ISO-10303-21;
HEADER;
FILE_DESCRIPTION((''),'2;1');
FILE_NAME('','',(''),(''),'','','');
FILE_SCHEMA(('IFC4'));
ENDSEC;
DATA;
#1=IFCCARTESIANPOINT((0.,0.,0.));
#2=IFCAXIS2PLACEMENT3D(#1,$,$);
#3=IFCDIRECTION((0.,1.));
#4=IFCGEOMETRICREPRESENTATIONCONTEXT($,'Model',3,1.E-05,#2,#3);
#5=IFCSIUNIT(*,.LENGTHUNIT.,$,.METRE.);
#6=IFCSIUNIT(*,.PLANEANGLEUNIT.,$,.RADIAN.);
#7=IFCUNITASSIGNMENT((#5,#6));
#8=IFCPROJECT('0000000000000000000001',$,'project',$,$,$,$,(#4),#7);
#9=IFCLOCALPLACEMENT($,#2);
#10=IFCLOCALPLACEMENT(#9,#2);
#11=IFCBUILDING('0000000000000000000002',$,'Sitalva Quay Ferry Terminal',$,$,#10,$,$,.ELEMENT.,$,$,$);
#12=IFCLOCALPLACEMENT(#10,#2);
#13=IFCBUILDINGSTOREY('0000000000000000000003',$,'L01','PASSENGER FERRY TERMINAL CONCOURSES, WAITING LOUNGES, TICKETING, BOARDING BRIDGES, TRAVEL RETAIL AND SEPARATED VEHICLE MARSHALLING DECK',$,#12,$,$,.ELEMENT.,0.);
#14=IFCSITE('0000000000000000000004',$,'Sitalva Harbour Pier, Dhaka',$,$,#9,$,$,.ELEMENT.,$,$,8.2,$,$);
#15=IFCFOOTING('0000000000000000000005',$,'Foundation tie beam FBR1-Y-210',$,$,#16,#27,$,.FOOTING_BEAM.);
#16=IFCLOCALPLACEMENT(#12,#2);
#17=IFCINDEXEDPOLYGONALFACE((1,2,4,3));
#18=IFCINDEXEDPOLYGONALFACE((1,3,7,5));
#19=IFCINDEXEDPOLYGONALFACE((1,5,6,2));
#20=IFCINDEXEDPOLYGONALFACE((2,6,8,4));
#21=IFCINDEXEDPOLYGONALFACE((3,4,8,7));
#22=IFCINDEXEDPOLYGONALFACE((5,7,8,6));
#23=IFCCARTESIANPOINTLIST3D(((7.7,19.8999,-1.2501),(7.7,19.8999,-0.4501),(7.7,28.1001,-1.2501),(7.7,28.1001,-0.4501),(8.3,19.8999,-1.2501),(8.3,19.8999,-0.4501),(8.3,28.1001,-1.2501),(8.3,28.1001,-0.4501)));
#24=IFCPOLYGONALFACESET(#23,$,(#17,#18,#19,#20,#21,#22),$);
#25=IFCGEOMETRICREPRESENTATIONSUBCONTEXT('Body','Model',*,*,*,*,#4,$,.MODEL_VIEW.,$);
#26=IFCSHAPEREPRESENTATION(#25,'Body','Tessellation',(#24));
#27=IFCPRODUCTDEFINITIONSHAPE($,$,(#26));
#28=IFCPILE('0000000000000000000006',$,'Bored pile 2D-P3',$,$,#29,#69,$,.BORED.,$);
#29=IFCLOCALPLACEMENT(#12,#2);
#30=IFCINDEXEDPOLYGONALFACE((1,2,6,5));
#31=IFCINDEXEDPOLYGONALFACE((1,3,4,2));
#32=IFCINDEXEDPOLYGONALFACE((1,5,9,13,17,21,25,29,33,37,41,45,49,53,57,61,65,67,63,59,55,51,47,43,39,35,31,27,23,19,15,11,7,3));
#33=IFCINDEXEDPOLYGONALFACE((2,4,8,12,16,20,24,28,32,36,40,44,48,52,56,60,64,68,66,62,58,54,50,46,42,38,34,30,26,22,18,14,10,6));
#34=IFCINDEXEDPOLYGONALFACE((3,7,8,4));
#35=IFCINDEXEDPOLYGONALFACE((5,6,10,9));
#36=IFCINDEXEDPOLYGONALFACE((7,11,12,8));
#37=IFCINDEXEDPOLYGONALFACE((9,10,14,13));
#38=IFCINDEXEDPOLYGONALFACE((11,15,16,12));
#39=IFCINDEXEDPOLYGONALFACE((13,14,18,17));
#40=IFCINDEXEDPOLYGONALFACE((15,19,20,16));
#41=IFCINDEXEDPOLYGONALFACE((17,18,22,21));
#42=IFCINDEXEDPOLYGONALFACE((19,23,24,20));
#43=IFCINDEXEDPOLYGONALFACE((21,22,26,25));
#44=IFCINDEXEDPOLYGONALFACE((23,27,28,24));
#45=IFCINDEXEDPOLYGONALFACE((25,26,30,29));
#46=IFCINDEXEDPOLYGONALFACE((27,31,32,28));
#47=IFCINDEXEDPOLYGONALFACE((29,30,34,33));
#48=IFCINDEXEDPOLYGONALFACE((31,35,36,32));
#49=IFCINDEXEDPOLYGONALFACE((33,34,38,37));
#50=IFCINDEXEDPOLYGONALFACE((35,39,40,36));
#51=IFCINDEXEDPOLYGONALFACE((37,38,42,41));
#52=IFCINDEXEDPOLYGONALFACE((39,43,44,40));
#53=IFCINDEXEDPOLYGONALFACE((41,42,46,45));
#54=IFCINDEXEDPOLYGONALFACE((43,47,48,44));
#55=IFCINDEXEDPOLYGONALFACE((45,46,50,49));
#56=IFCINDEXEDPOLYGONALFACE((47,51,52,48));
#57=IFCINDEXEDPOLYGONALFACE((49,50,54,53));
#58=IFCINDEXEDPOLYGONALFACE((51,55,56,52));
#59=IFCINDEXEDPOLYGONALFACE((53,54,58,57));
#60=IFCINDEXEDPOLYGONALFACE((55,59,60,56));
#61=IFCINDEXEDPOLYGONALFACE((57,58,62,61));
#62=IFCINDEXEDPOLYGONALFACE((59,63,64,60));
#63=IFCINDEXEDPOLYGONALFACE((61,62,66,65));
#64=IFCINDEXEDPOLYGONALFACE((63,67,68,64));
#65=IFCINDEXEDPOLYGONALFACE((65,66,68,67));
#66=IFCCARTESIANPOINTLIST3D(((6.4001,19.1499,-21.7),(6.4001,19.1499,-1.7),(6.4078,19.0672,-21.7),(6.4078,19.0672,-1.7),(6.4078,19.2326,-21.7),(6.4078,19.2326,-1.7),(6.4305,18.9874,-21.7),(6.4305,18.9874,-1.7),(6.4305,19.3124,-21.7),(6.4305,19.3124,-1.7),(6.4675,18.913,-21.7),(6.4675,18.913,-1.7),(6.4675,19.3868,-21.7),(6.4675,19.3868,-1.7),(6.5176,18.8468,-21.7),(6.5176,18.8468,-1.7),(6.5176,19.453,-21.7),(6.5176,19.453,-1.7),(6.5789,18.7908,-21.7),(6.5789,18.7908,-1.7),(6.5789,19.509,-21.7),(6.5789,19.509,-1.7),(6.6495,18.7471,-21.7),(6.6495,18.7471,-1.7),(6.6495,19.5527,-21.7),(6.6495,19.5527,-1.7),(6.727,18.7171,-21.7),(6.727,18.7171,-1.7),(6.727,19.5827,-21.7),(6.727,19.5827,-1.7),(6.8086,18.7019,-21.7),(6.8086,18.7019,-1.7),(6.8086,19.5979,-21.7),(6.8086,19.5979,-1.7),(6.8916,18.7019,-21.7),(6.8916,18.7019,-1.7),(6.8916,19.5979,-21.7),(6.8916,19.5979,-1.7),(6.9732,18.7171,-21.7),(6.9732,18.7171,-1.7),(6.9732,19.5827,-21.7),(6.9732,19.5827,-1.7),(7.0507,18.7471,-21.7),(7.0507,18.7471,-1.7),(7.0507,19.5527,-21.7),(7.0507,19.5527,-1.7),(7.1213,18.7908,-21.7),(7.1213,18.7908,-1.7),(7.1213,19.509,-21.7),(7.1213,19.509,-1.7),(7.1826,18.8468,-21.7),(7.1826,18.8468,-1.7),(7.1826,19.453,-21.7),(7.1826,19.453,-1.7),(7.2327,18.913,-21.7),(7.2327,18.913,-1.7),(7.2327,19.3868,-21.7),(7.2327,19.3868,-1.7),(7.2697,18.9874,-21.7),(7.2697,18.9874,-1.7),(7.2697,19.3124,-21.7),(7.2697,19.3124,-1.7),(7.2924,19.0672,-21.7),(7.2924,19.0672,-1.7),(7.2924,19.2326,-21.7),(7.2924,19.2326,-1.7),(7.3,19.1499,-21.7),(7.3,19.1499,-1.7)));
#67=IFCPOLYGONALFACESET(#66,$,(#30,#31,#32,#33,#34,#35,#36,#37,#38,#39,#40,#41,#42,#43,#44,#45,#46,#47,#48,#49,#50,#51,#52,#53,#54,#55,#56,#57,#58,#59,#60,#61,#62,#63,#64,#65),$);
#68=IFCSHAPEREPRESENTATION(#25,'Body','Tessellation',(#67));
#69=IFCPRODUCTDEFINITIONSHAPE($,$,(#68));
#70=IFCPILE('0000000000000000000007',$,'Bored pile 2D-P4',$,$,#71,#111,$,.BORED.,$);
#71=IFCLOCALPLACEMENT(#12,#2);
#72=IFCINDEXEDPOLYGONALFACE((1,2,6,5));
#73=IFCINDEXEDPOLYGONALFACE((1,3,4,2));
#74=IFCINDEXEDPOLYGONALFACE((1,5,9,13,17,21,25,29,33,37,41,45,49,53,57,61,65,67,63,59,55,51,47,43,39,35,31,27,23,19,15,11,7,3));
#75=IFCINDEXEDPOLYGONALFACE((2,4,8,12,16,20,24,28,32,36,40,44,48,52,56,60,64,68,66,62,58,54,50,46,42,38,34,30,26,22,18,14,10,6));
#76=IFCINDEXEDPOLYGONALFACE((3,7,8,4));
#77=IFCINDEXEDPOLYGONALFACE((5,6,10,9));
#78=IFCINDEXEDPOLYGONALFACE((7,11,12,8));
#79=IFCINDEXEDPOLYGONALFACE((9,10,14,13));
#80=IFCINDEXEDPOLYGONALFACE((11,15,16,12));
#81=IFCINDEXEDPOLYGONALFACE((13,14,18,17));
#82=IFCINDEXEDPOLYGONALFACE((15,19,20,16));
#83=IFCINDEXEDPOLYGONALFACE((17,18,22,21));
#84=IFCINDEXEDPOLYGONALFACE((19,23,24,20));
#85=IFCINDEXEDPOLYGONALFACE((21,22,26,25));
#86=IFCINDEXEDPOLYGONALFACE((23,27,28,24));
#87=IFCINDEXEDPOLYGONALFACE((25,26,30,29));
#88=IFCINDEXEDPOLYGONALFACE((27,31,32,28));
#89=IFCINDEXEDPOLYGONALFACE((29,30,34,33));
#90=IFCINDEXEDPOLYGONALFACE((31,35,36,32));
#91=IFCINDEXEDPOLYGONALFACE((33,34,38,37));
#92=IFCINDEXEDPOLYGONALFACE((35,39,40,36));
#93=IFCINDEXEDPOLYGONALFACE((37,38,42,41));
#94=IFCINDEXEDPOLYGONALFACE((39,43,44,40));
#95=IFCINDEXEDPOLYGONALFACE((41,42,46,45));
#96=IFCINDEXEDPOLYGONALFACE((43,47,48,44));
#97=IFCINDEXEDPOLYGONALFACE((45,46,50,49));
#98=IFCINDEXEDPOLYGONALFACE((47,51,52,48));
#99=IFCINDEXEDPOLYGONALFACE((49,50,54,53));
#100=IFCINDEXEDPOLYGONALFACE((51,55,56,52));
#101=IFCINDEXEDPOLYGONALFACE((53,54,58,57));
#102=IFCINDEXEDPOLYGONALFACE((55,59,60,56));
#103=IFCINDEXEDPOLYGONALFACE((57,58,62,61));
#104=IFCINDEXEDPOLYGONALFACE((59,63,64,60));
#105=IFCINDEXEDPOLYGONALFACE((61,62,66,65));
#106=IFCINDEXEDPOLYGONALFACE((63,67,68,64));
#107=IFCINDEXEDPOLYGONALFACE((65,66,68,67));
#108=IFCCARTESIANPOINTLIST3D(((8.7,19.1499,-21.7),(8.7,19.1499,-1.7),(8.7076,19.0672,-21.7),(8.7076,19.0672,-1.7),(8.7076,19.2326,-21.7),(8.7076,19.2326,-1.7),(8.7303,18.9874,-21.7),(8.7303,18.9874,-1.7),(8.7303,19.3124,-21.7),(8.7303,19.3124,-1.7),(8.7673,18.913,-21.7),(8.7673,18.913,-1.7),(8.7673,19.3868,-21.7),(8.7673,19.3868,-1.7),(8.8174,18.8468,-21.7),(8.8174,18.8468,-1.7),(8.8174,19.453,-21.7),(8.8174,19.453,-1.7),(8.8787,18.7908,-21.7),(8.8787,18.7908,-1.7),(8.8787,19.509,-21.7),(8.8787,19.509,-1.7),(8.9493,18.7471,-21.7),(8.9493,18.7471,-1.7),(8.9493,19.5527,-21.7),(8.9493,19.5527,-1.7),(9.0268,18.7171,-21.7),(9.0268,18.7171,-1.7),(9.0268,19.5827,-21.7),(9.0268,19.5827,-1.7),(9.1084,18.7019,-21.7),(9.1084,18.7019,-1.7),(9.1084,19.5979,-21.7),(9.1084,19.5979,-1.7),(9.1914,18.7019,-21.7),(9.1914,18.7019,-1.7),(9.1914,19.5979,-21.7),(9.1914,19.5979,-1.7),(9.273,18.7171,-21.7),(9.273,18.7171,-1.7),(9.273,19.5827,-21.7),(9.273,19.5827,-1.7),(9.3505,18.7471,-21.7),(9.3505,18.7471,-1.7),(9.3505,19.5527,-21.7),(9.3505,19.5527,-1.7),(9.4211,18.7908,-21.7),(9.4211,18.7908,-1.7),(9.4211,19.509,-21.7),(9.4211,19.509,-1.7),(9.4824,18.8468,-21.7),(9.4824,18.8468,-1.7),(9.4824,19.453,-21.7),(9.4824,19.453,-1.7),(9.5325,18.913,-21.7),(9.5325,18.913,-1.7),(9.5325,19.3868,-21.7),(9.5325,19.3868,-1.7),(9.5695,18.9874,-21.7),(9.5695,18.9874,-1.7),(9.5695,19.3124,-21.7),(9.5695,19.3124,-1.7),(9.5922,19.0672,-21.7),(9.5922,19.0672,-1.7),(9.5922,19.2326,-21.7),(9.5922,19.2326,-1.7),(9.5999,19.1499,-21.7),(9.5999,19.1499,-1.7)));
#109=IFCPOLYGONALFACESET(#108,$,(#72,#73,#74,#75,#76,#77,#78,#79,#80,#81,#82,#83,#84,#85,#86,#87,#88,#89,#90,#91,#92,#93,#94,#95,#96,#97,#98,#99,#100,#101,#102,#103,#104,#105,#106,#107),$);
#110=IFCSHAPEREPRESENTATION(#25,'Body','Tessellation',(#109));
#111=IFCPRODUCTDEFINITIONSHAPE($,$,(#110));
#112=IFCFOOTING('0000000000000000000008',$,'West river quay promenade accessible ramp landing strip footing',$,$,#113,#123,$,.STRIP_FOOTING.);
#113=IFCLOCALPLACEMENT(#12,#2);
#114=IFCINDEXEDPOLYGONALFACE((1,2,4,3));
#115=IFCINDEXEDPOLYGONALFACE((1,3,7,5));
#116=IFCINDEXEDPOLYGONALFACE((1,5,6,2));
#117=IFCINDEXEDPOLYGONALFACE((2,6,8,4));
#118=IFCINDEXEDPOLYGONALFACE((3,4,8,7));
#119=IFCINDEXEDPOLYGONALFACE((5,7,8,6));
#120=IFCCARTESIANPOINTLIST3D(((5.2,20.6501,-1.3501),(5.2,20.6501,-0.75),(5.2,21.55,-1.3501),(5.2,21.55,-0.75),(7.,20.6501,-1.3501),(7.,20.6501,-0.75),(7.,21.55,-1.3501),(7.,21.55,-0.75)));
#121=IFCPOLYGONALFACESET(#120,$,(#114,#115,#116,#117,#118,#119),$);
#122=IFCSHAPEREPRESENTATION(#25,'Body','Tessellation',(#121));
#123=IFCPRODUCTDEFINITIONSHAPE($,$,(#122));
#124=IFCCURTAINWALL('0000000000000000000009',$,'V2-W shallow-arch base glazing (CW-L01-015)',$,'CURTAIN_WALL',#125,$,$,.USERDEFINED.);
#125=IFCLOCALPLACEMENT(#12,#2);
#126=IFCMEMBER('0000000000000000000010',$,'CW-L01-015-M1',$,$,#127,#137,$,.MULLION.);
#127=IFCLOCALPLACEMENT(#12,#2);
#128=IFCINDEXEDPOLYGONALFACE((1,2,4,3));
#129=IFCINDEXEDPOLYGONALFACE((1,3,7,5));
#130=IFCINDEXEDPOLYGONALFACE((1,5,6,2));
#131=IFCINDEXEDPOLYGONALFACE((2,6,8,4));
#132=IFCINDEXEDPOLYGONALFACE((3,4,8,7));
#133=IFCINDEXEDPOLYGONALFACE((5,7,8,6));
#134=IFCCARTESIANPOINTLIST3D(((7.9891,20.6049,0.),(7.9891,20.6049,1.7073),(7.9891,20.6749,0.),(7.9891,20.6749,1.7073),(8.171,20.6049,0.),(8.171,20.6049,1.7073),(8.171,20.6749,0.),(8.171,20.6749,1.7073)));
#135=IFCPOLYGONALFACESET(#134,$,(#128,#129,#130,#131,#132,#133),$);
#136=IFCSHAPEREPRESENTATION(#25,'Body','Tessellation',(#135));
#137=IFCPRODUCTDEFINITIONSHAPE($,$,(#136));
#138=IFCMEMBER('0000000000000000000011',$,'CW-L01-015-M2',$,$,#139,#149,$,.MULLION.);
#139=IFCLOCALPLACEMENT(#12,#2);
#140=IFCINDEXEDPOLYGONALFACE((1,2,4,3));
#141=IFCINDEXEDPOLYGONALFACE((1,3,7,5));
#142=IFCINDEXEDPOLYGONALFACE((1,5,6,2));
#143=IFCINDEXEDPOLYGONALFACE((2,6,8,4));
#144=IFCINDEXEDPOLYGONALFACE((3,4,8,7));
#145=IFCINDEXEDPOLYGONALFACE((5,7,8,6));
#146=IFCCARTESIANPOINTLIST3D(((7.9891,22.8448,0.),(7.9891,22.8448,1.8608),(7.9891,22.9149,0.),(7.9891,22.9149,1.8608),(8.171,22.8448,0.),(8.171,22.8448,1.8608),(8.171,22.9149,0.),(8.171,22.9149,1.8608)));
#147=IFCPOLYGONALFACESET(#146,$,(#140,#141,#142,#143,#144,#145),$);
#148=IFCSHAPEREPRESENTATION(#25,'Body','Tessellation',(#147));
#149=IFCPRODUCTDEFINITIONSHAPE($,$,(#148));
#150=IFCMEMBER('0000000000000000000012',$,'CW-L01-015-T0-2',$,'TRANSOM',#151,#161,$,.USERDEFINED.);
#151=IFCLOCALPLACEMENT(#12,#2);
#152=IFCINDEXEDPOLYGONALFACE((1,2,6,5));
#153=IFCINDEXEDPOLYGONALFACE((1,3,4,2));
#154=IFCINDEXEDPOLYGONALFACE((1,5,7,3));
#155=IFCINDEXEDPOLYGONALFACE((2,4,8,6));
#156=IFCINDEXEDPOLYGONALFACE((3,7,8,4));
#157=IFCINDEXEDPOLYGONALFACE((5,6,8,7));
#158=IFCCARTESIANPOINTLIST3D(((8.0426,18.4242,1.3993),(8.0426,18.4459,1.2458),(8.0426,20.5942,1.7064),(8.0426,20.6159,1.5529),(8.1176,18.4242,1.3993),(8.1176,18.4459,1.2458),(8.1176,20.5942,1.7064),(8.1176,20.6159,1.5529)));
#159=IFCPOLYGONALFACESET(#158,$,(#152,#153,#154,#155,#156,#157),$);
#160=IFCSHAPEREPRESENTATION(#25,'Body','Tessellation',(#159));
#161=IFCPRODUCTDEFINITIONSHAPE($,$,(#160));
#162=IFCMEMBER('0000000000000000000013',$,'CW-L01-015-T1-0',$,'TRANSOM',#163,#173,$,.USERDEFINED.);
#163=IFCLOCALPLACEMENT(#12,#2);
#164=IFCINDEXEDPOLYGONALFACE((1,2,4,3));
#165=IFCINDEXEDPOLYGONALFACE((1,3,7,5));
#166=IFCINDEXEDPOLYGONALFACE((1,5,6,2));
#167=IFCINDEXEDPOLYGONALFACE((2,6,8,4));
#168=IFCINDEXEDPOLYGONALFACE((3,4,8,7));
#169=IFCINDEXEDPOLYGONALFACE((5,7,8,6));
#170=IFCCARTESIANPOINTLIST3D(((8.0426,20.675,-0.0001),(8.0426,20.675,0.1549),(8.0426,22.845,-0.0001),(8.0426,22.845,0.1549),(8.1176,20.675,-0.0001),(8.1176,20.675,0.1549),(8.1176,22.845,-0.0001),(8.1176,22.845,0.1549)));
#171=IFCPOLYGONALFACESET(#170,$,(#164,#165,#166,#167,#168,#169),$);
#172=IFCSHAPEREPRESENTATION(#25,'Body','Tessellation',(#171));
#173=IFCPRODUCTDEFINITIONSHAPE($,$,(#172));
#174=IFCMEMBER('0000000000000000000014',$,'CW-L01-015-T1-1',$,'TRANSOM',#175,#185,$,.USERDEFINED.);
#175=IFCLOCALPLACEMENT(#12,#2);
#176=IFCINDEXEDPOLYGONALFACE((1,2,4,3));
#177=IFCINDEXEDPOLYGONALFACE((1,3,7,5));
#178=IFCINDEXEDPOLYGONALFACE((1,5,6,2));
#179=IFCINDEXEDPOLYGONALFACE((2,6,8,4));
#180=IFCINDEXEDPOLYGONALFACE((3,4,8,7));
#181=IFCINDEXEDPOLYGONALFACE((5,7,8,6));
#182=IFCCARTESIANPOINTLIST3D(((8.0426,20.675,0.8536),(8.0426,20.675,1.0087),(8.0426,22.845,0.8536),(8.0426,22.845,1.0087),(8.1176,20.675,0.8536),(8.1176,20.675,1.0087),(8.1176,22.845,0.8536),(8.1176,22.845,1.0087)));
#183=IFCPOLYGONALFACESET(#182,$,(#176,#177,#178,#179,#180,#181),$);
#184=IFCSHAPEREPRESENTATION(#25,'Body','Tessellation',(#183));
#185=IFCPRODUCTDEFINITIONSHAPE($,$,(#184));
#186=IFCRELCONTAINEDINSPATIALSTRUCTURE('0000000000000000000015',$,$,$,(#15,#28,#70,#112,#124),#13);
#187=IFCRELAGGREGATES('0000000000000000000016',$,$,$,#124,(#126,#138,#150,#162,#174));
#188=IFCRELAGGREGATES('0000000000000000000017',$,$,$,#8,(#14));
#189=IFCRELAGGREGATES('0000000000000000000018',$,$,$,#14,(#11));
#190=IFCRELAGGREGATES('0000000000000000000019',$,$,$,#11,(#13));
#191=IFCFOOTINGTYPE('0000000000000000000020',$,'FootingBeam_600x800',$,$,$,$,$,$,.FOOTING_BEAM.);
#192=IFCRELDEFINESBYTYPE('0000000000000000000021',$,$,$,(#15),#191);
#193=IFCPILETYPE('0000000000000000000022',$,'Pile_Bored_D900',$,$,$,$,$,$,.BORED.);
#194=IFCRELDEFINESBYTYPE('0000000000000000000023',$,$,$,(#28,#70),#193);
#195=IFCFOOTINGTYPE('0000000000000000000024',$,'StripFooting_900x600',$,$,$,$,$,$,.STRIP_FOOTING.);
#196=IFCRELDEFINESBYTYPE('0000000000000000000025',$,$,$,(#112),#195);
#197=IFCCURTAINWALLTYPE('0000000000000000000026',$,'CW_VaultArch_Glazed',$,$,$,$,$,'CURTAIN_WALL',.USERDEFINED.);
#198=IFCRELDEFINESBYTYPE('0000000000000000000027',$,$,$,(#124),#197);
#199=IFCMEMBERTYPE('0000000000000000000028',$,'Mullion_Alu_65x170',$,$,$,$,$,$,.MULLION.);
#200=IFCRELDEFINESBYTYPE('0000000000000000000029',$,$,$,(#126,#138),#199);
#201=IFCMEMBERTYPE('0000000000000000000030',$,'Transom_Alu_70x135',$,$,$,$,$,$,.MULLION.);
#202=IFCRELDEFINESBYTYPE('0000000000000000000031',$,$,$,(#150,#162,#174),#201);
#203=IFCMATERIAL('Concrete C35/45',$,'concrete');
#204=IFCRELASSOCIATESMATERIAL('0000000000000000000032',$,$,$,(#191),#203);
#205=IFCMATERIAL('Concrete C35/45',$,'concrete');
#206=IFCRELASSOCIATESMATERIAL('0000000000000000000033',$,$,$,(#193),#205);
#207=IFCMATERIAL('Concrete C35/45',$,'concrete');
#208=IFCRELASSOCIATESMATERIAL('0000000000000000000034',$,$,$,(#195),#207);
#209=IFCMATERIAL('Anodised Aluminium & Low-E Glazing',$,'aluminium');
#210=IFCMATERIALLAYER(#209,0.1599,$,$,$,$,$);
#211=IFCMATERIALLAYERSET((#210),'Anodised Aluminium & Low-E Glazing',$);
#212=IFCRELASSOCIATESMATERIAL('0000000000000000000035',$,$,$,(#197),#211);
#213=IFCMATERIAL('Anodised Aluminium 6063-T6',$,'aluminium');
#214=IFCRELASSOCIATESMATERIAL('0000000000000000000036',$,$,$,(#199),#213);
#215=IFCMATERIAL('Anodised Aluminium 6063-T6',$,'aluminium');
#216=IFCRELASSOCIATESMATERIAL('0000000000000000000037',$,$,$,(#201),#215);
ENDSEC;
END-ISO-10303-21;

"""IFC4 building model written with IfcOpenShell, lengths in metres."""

from ifc_helpers import new_model, si_unit, direction, frame, origin, origin_2d, place, context, subcontext, project, spatial, rectangle, circle, extrude, material, layer, layer_set, material_profile, profile_set, type_object, element, aggregate, save


model = new_model("IFC4")

# Units and contexts
model_context = context("Model", 3, precision=1e-05, world=origin(), true_north=direction((0.0, 1.0)))
body_context = subcontext(model_context, "Body", "Model", "MODEL_VIEW")
ifc_project = project(units=[si_unit("LENGTHUNIT", "METRE"), si_unit("PLANEANGLEUNIT", "RADIAN")], contexts=[model_context])

# Site, building, storey
site_placement = place(None, origin())
site = spatial("IfcSite", under=ifc_project, at=site_placement, Name="Sitalva Harbour Pier, Dhaka", CompositionType="ELEMENT", RefElevation=8.2)
building_placement = place(site_placement, origin())
building = spatial("IfcBuilding", under=site, at=building_placement, Name="Sitalva Quay Ferry Terminal", CompositionType="ELEMENT")
storey_placement = place(building_placement, origin())
storey = spatial("IfcBuildingStorey", under=building, at=storey_placement, Name="L01", Description="PASSENGER FERRY TERMINAL CONCOURSES, WAITING LOUNGES, TICKETING, BOARDING BRIDGES, TRAVEL RETAIL AND SEPARATED VEHICLE MARSHALLING DECK", CompositionType="ELEMENT", Elevation=0.0)

# Footing
ifc_material_1 = material(Name="Concrete C35/45", Category="concrete")
ifc_material_profile_1 = material_profile(ifc_material_1, rectangle(XDim=0.6001, YDim=0.8, at=origin_2d()), Name="RC600x800")
ifc_profile_set_1 = profile_set([ifc_material_profile_1], Name="Concrete C35/45")
footing_type_1 = type_object("IfcFootingType", Name="FootingBeam_600x800", PredefinedType="FOOTING_BEAM", material=ifc_profile_set_1)
footing_1_placement = place(storey_placement, frame((8.0, 19.8999, -0.8501), z_axis=(0.0, 1.0, 0.0), x_axis=(-1.0, 0.0, 0.0)))
element("IfcFooting", 1, at=footing_1_placement, inside=storey, type_object=footing_type_1, Name="Foundation tie beam FBR1-Y-210", PredefinedType="FOOTING_BEAM", context=body_context, shape_type="SweptSolid", body=[
    extrude(rectangle(XDim=0.6001, YDim=0.8, at=origin_2d()), origin(), (0.0, 0.0, 1.0), 8.2002),
])

# Piles
ifc_material_2 = material(Name="Concrete C35/45", Category="concrete")
ifc_material_profile_2 = material_profile(ifc_material_2, circle(Radius=0.45, at=origin_2d()), Name="PILE-D900")
ifc_profile_set_2 = profile_set([ifc_material_profile_2], Name="Concrete C35/45")
pile_type = type_object("IfcPileType", Name="Pile_Bored_D900", PredefinedType="BORED", material=ifc_profile_set_2)
for number, where, z_axis, x_axis, name in (
    (2, (6.8501, 19.1499, -1.7), (0.0, 0.0, -1.0), (1.0, 0.0, 0.0), "Bored pile 2D-P3"),
    (3, (9.1499, 19.1499, -1.7), (0.0, 0.0, -1.0), (1.0, 0.0, 0.0), "Bored pile 2D-P4"),
):
    element("IfcPile", number, at=place(storey_placement, frame(where, z_axis=z_axis, x_axis=x_axis)), inside=storey, type_object=pile_type, Name=name, PredefinedType="BORED", context=body_context, shape_type="SweptSolid", body=[
        extrude(circle(Radius=0.45, at=origin_2d()), origin(), (0.0, 0.0, 1.0), 20.0),
    ])

# Footing
ifc_material_3 = material(Name="Concrete C35/45", Category="concrete")
ifc_material_profile_3 = material_profile(ifc_material_3, rectangle(XDim=0.8999, YDim=0.6001, at=origin_2d()), Name="RC900x600")
ifc_profile_set_3 = profile_set([ifc_material_profile_3], Name="Concrete C35/45")
footing_type_2 = type_object("IfcFootingType", Name="StripFooting_900x600", PredefinedType="STRIP_FOOTING", material=ifc_profile_set_3)
footing_2_placement = place(storey_placement, frame((5.2, 21.1001, -1.05), z_axis=(1.0, 0.0, 0.0), x_axis=(0.0, 1.0, 0.0)))
element("IfcFooting", 4, at=footing_2_placement, inside=storey, type_object=footing_type_2, Name="West river quay promenade accessible ramp landing strip footing", PredefinedType="STRIP_FOOTING", context=body_context, shape_type="SweptSolid", body=[
    extrude(rectangle(XDim=0.8999, YDim=0.6001, at=origin_2d()), origin(), (0.0, 0.0, 1.0), 1.8),
])

# Curtain wall, members
ifc_material_4 = material(Name="Anodised Aluminium & Low-E Glazing", Category="aluminium")
ifc_layer_1 = layer(ifc_material_4, 0.1599)
ifc_layer_set_1 = layer_set([ifc_layer_1], Name="Anodised Aluminium & Low-E Glazing")
curtain_wall_type = type_object("IfcCurtainWallType", Name="CW_VaultArch_Glazed", ElementType="CURTAIN_WALL", PredefinedType="USERDEFINED", material=ifc_layer_set_1)
curtain_wall_placement = place(storey_placement, origin())
curtain_wall = element("IfcCurtainWall", 5, at=curtain_wall_placement, inside=storey, type_object=curtain_wall_type, Name="V2-W shallow-arch base glazing (CW-L01-015)", ObjectType="CURTAIN_WALL", PredefinedType="USERDEFINED")
ifc_material_5 = material(Name="Anodised Aluminium 6063-T6", Category="aluminium")
ifc_material_profile_4 = material_profile(ifc_material_5, rectangle(XDim=0.0701, YDim=0.1819, at=origin_2d()), Name="ALU70x182")
ifc_profile_set_4 = profile_set([ifc_material_profile_4], Name="Anodised Aluminium 6063-T6")
member_type_1 = type_object("IfcMemberType", Name="Mullion_Alu_65x170", PredefinedType="MULLION", material=ifc_profile_set_4)
member_1_placement = place(storey_placement, frame((8.0801, 20.6399, 0.0), z_axis=(0.0, 0.0, 1.0), x_axis=(0.0, 1.0, 0.0)))
member_1 = element("IfcMember", 6, at=member_1_placement, type_object=member_type_1, Name="CW-L01-015-M1", PredefinedType="MULLION", context=body_context, shape_type="SweptSolid", body=[
    extrude(rectangle(XDim=0.0701, YDim=0.1819, at=origin_2d()), origin(), (0.0, 0.0, 1.0), 1.7073),
])
member_2_placement = place(storey_placement, frame((8.0801, 22.8799, 0.0), z_axis=(0.0, 0.0, 1.0), x_axis=(0.0, 1.0, 0.0)))
member_2 = element("IfcMember", 7, at=member_2_placement, type_object=member_type_1, Name="CW-L01-015-M2", PredefinedType="MULLION", context=body_context, shape_type="SweptSolid", body=[
    extrude(rectangle(XDim=0.0701, YDim=0.1819, at=origin_2d()), origin(), (0.0, 0.0, 1.0), 1.8608),
])
ifc_material_6 = material(Name="Anodised Aluminium 6063-T6", Category="aluminium")
ifc_material_profile_5 = material_profile(ifc_material_6, rectangle(XDim=0.075, YDim=0.155, at=origin_2d()), Name="ALU75x155")
ifc_profile_set_5 = profile_set([ifc_material_profile_5], Name="Anodised Aluminium 6063-T6")
member_type_2 = type_object("IfcMemberType", Name="Transom_Alu_70x135", PredefinedType="MULLION", material=ifc_profile_set_5)
member_3_placement = place(storey_placement, frame((8.0801, 18.4351, 1.3225), z_axis=(0.0, 0.990131, 0.140142), x_axis=(-1.0, 0.0, 0.0)))
member_3 = element("IfcMember", 8, at=member_3_placement, type_object=member_type_2, Name="CW-L01-015-T0-2", ObjectType="TRANSOM", PredefinedType="USERDEFINED", context=body_context, shape_type="SweptSolid", body=[
    extrude(rectangle(XDim=0.075, YDim=0.155, at=origin_2d()), origin(), (0.0, 0.0, 1.0), 2.1917),
])
member_4_placement = place(storey_placement, frame((8.0801, 20.675, 0.0774), z_axis=(0.0, 1.0, 0.0), x_axis=(-1.0, 0.0, 0.0)))
member_4 = element("IfcMember", 9, at=member_4_placement, type_object=member_type_2, Name="CW-L01-015-T1-0", ObjectType="TRANSOM", PredefinedType="USERDEFINED", context=body_context, shape_type="SweptSolid", body=[
    extrude(rectangle(XDim=0.075, YDim=0.155, at=origin_2d()), origin(), (0.0, 0.0, 1.0), 2.1699),
])
member_5_placement = place(storey_placement, frame((8.0801, 20.675, 0.9312), z_axis=(0.0, 1.0, 0.0), x_axis=(-1.0, 0.0, 0.0)))
member_5 = element("IfcMember", 10, at=member_5_placement, type_object=member_type_2, Name="CW-L01-015-T1-1", ObjectType="TRANSOM", PredefinedType="USERDEFINED", context=body_context, shape_type="SweptSolid", body=[
    extrude(rectangle(XDim=0.075, YDim=0.155, at=origin_2d()), origin(), (0.0, 0.0, 1.0), 2.1699),
])
aggregate(curtain_wall, [member_1, member_2, member_3, member_4, member_5])

save(model, "model.ifc")
